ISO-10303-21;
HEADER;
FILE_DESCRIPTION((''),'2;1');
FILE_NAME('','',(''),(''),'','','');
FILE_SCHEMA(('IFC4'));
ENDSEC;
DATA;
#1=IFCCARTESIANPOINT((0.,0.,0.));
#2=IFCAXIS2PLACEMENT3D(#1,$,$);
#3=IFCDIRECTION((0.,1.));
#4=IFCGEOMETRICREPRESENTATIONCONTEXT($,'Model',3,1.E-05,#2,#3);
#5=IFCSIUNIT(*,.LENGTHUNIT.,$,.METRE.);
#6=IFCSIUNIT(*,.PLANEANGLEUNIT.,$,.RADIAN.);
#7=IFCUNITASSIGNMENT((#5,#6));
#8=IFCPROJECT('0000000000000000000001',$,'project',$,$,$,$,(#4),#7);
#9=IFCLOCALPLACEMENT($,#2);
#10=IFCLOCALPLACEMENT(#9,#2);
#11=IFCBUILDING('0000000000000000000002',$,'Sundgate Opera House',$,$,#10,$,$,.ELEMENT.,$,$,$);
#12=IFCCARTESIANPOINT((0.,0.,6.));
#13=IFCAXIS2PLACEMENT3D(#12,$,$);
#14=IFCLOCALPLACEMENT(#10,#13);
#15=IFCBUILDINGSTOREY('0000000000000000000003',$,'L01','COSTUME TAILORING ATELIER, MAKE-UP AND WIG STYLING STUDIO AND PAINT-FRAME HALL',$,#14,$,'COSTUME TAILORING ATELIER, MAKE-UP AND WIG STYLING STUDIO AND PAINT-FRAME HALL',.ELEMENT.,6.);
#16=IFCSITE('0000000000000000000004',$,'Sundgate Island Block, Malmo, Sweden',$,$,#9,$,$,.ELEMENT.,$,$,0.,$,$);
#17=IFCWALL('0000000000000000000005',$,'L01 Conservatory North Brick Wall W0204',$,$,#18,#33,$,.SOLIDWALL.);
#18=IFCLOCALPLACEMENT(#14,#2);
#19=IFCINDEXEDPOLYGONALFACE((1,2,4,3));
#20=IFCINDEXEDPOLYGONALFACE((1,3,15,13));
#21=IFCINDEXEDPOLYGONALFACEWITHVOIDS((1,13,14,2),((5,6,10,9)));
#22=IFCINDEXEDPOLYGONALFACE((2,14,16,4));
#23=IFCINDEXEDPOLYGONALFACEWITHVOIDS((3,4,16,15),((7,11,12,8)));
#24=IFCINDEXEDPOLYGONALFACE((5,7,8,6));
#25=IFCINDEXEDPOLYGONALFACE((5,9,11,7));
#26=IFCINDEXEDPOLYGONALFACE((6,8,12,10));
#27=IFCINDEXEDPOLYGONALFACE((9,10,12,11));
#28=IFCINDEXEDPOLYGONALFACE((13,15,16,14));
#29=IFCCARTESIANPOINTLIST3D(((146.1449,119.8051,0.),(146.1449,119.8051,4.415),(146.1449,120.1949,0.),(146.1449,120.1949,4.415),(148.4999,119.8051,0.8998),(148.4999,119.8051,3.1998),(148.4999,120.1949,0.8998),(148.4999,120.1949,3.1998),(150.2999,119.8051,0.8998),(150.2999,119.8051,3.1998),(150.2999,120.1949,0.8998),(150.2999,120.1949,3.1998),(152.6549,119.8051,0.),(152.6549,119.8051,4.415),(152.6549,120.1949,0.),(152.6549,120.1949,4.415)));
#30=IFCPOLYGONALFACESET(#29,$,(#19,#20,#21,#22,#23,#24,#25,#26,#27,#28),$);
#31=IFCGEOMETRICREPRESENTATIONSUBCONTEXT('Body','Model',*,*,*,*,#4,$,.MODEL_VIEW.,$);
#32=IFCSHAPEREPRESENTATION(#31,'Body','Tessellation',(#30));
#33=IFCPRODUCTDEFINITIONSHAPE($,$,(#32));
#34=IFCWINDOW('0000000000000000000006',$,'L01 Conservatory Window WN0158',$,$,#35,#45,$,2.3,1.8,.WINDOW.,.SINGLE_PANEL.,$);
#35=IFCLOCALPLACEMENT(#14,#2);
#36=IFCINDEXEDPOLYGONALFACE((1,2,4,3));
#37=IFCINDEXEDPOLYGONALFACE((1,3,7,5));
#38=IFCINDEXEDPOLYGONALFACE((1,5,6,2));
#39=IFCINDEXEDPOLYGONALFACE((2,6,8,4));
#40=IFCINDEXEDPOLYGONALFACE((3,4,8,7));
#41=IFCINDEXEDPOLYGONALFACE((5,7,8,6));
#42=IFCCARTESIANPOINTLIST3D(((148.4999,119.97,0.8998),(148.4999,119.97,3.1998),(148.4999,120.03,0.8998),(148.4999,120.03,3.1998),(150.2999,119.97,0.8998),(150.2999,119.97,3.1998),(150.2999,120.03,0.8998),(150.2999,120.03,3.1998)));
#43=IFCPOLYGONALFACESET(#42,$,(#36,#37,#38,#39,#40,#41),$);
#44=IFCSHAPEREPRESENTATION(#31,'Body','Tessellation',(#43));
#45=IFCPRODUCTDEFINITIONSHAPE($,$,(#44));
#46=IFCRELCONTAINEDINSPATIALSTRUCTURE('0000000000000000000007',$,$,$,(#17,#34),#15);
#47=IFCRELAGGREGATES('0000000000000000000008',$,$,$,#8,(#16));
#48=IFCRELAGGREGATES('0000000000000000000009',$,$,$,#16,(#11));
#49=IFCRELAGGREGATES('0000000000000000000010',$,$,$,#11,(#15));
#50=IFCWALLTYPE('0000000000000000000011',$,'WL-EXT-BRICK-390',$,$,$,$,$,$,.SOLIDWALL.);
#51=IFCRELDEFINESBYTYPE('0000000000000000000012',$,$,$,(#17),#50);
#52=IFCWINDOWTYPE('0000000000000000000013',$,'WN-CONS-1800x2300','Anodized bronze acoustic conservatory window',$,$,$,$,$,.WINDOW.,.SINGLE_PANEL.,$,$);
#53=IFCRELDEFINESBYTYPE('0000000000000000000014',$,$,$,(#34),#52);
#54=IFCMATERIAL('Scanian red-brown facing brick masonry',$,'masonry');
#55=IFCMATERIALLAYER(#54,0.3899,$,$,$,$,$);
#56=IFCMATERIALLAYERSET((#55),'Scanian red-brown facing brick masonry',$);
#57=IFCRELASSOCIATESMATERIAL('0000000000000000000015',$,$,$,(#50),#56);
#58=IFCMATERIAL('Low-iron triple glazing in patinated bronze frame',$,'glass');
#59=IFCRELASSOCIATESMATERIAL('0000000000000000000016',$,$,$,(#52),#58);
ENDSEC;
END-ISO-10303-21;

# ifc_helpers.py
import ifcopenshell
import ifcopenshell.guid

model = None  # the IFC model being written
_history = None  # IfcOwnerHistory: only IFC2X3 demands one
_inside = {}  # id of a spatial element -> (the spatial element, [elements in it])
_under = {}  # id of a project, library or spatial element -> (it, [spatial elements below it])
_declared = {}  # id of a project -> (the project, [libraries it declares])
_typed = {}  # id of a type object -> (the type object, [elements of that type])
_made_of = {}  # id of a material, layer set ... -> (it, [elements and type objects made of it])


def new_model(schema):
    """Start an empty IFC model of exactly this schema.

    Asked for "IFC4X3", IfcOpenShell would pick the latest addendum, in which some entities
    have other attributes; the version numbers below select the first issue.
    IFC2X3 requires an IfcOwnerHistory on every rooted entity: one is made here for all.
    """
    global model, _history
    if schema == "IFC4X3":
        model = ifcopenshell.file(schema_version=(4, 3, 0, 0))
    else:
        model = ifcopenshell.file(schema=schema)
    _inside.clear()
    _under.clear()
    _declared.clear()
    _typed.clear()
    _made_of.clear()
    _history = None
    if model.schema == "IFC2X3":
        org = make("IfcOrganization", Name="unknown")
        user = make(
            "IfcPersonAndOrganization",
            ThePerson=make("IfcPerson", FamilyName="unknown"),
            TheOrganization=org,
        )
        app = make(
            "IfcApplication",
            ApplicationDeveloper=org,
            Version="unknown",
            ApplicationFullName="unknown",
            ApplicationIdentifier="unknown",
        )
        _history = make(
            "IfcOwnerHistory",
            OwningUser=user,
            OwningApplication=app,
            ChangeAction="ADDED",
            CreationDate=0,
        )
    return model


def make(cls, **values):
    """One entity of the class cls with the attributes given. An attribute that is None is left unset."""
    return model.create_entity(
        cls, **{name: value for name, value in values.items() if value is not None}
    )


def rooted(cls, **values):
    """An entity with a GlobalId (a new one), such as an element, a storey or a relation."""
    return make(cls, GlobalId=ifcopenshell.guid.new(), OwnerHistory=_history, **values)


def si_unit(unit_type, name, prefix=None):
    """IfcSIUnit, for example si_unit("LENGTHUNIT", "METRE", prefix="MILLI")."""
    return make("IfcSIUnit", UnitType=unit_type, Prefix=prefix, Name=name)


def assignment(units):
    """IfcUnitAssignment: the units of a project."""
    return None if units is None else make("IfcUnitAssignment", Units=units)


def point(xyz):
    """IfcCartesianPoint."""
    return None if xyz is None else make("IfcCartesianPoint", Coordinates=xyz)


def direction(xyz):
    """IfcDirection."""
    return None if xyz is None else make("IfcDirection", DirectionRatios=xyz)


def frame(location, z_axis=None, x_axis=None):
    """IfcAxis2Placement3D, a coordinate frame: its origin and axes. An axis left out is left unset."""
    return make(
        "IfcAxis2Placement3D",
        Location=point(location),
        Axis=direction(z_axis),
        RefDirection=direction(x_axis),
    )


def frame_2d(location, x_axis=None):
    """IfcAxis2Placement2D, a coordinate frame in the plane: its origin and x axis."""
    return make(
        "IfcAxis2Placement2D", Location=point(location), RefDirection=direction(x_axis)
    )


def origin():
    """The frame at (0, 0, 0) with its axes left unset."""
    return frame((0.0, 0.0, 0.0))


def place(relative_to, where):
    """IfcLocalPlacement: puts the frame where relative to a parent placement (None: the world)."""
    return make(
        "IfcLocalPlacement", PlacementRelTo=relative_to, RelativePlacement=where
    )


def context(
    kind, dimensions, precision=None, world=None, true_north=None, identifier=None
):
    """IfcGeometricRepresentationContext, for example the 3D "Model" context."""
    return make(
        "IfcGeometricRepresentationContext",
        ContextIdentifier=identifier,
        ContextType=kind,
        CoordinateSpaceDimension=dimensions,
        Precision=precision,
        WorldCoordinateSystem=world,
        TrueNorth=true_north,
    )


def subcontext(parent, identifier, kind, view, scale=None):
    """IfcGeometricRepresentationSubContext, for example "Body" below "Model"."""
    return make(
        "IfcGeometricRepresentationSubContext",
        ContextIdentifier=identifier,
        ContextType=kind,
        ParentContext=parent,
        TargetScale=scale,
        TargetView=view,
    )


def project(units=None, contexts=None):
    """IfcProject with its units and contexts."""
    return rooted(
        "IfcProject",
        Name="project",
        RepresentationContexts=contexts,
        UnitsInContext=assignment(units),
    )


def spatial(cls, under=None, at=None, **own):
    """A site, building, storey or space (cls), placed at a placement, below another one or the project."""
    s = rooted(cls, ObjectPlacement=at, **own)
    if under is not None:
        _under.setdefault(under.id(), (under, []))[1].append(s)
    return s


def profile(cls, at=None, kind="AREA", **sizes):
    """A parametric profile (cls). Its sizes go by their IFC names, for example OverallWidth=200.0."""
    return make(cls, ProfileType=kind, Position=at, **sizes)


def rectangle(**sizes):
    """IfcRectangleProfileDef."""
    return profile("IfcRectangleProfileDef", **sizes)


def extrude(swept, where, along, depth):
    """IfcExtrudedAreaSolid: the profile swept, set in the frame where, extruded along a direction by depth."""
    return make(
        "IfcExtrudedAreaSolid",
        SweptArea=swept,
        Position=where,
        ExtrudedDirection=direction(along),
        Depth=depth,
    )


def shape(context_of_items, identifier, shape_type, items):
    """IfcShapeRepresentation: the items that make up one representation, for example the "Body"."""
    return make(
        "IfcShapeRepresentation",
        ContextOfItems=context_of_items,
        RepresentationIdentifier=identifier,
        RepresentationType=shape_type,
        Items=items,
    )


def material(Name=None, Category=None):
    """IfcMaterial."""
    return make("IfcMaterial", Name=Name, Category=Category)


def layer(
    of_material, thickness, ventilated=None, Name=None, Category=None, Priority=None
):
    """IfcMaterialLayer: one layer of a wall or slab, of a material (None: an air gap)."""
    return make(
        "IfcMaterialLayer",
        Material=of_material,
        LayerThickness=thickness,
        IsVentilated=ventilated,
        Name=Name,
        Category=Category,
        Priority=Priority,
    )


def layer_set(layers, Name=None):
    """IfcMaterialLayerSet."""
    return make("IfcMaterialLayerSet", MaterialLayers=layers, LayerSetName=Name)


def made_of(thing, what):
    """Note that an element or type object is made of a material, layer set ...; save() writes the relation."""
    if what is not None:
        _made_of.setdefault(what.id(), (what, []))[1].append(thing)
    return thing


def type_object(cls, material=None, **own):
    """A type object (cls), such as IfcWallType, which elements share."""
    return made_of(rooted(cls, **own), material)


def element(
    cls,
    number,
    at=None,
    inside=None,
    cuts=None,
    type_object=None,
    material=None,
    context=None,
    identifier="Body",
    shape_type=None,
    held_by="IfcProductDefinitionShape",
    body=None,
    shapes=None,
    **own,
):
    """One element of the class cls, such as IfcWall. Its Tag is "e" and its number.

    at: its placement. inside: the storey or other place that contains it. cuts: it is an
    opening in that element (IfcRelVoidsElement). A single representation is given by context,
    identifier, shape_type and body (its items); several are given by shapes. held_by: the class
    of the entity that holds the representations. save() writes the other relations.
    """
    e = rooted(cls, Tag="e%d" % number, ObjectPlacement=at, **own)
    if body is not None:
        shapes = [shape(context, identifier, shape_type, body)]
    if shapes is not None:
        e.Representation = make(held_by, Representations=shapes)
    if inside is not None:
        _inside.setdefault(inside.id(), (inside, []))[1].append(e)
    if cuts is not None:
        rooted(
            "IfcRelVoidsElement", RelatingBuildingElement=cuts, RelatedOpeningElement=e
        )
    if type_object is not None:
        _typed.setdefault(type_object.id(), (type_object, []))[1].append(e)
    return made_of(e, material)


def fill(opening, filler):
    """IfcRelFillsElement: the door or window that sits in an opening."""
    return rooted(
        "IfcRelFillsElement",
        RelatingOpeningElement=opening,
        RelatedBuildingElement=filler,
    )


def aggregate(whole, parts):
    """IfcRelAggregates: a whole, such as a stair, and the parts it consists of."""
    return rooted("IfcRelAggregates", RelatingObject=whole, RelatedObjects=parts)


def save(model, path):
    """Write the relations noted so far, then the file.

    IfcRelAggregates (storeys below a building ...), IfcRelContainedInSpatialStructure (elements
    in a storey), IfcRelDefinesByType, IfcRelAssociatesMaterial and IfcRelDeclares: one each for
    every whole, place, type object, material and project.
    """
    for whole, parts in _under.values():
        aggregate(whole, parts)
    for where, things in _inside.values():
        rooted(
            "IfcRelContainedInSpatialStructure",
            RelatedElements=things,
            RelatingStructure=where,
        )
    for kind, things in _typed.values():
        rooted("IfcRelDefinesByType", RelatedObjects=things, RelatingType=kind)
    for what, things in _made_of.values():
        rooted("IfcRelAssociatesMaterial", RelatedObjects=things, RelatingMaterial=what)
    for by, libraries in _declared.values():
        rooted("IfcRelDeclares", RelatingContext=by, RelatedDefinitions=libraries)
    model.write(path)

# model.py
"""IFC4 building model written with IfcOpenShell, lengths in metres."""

from ifc_helpers import new_model, si_unit, direction, frame, frame_2d, origin, place, context, subcontext, project, spatial, rectangle, extrude, material, layer, layer_set, type_object, element, fill, save


model = new_model("IFC4")

# Units and contexts
model_context = context("Model", 3, precision=1e-05, world=origin(), true_north=direction((0.0, 1.0)))
body_context = subcontext(model_context, "Body", "Model", "MODEL_VIEW")
ifc_project = project(units=[si_unit("LENGTHUNIT", "METRE"), si_unit("PLANEANGLEUNIT", "RADIAN")], contexts=[model_context])

# Site, building, storey
site_placement = place(None, origin())
site = spatial("IfcSite", under=ifc_project, at=site_placement, Name="Sundgate Island Block, Malmo, Sweden", CompositionType="ELEMENT", RefElevation=0.0)
building_placement = place(site_placement, origin())
building = spatial("IfcBuilding", under=site, at=building_placement, Name="Sundgate Opera House", CompositionType="ELEMENT")
storey_placement = place(building_placement, frame((0.0, 0.0, 6.0)))
storey = spatial("IfcBuildingStorey", under=building, at=storey_placement, Name="L01", Description="COSTUME TAILORING ATELIER, MAKE-UP AND WIG STYLING STUDIO AND PAINT-FRAME HALL", LongName="COSTUME TAILORING ATELIER, MAKE-UP AND WIG STYLING STUDIO AND PAINT-FRAME HALL", CompositionType="ELEMENT", Elevation=6.0)

# Wall, opening, window
ifc_material_1 = material(Name="Scanian red-brown facing brick masonry", Category="masonry")
ifc_layer_1 = layer(ifc_material_1, 0.3899)
ifc_layer_set_1 = layer_set([ifc_layer_1], Name="Scanian red-brown facing brick masonry")
wall_type = type_object("IfcWallType", Name="WL-EXT-BRICK-390", PredefinedType="SOLIDWALL", material=ifc_layer_set_1)
wall_placement = place(storey_placement, frame((146.145, 120.0, 0.0), z_axis=(0.0, 0.0, 1.0), x_axis=(1.0, 0.0, 0.0)))
wall = element("IfcWall", 1, at=wall_placement, inside=storey, type_object=wall_type, Name="L01 Conservatory North Brick Wall W0204", PredefinedType="SOLIDWALL", context=body_context, shape_type="SweptSolid", body=[
    extrude(rectangle(XDim=6.51, YDim=0.3899, at=frame_2d((3.2549, 0.0))), origin(), (0.0, 0.0, 1.0), 4.415),
])
opening_placement = place(wall_placement, frame((2.355, 0.0, 0.8999)))
opening = element("IfcOpeningElement", 2, at=opening_placement, cuts=wall, PredefinedType="OPENING", context=body_context, shape_type="SweptSolid", body=[
    extrude(rectangle(XDim=1.8, YDim=2.3, at=frame_2d((0.8999, 1.1499))), frame((0.0, 0.2048, 0.0), z_axis=(0.0, -1.0, 0.0), x_axis=(1.0, 0.0, 0.0)), (0.0, 0.0, 1.0), 0.4099),
])
ifc_material_2 = material(Name="Low-iron triple glazing in patinated bronze frame", Category="glass")
window_type = type_object("IfcWindowType", Name="WN-CONS-1800x2300", Description="Anodized bronze acoustic conservatory window", PartitioningType="SINGLE_PANEL", PredefinedType="WINDOW", material=ifc_material_2)
window_placement = place(opening_placement, origin())
window = element("IfcWindow", 3, at=window_placement, inside=storey, type_object=window_type, Name="L01 Conservatory Window WN0158", OverallHeight=2.3, OverallWidth=1.8, PartitioningType="SINGLE_PANEL", PredefinedType="WINDOW", context=body_context, shape_type="SweptSolid", body=[
    extrude(rectangle(XDim=1.8, YDim=2.3, at=frame_2d((0.8999, 1.1499))), frame((0.0, 0.03, 0.0), z_axis=(0.0, -1.0, 0.0), x_axis=(1.0, 0.0, 0.0)), (0.0, 0.0, 1.0), 0.0601),
])
fill(opening, window)

save(model, "model.ifc")
